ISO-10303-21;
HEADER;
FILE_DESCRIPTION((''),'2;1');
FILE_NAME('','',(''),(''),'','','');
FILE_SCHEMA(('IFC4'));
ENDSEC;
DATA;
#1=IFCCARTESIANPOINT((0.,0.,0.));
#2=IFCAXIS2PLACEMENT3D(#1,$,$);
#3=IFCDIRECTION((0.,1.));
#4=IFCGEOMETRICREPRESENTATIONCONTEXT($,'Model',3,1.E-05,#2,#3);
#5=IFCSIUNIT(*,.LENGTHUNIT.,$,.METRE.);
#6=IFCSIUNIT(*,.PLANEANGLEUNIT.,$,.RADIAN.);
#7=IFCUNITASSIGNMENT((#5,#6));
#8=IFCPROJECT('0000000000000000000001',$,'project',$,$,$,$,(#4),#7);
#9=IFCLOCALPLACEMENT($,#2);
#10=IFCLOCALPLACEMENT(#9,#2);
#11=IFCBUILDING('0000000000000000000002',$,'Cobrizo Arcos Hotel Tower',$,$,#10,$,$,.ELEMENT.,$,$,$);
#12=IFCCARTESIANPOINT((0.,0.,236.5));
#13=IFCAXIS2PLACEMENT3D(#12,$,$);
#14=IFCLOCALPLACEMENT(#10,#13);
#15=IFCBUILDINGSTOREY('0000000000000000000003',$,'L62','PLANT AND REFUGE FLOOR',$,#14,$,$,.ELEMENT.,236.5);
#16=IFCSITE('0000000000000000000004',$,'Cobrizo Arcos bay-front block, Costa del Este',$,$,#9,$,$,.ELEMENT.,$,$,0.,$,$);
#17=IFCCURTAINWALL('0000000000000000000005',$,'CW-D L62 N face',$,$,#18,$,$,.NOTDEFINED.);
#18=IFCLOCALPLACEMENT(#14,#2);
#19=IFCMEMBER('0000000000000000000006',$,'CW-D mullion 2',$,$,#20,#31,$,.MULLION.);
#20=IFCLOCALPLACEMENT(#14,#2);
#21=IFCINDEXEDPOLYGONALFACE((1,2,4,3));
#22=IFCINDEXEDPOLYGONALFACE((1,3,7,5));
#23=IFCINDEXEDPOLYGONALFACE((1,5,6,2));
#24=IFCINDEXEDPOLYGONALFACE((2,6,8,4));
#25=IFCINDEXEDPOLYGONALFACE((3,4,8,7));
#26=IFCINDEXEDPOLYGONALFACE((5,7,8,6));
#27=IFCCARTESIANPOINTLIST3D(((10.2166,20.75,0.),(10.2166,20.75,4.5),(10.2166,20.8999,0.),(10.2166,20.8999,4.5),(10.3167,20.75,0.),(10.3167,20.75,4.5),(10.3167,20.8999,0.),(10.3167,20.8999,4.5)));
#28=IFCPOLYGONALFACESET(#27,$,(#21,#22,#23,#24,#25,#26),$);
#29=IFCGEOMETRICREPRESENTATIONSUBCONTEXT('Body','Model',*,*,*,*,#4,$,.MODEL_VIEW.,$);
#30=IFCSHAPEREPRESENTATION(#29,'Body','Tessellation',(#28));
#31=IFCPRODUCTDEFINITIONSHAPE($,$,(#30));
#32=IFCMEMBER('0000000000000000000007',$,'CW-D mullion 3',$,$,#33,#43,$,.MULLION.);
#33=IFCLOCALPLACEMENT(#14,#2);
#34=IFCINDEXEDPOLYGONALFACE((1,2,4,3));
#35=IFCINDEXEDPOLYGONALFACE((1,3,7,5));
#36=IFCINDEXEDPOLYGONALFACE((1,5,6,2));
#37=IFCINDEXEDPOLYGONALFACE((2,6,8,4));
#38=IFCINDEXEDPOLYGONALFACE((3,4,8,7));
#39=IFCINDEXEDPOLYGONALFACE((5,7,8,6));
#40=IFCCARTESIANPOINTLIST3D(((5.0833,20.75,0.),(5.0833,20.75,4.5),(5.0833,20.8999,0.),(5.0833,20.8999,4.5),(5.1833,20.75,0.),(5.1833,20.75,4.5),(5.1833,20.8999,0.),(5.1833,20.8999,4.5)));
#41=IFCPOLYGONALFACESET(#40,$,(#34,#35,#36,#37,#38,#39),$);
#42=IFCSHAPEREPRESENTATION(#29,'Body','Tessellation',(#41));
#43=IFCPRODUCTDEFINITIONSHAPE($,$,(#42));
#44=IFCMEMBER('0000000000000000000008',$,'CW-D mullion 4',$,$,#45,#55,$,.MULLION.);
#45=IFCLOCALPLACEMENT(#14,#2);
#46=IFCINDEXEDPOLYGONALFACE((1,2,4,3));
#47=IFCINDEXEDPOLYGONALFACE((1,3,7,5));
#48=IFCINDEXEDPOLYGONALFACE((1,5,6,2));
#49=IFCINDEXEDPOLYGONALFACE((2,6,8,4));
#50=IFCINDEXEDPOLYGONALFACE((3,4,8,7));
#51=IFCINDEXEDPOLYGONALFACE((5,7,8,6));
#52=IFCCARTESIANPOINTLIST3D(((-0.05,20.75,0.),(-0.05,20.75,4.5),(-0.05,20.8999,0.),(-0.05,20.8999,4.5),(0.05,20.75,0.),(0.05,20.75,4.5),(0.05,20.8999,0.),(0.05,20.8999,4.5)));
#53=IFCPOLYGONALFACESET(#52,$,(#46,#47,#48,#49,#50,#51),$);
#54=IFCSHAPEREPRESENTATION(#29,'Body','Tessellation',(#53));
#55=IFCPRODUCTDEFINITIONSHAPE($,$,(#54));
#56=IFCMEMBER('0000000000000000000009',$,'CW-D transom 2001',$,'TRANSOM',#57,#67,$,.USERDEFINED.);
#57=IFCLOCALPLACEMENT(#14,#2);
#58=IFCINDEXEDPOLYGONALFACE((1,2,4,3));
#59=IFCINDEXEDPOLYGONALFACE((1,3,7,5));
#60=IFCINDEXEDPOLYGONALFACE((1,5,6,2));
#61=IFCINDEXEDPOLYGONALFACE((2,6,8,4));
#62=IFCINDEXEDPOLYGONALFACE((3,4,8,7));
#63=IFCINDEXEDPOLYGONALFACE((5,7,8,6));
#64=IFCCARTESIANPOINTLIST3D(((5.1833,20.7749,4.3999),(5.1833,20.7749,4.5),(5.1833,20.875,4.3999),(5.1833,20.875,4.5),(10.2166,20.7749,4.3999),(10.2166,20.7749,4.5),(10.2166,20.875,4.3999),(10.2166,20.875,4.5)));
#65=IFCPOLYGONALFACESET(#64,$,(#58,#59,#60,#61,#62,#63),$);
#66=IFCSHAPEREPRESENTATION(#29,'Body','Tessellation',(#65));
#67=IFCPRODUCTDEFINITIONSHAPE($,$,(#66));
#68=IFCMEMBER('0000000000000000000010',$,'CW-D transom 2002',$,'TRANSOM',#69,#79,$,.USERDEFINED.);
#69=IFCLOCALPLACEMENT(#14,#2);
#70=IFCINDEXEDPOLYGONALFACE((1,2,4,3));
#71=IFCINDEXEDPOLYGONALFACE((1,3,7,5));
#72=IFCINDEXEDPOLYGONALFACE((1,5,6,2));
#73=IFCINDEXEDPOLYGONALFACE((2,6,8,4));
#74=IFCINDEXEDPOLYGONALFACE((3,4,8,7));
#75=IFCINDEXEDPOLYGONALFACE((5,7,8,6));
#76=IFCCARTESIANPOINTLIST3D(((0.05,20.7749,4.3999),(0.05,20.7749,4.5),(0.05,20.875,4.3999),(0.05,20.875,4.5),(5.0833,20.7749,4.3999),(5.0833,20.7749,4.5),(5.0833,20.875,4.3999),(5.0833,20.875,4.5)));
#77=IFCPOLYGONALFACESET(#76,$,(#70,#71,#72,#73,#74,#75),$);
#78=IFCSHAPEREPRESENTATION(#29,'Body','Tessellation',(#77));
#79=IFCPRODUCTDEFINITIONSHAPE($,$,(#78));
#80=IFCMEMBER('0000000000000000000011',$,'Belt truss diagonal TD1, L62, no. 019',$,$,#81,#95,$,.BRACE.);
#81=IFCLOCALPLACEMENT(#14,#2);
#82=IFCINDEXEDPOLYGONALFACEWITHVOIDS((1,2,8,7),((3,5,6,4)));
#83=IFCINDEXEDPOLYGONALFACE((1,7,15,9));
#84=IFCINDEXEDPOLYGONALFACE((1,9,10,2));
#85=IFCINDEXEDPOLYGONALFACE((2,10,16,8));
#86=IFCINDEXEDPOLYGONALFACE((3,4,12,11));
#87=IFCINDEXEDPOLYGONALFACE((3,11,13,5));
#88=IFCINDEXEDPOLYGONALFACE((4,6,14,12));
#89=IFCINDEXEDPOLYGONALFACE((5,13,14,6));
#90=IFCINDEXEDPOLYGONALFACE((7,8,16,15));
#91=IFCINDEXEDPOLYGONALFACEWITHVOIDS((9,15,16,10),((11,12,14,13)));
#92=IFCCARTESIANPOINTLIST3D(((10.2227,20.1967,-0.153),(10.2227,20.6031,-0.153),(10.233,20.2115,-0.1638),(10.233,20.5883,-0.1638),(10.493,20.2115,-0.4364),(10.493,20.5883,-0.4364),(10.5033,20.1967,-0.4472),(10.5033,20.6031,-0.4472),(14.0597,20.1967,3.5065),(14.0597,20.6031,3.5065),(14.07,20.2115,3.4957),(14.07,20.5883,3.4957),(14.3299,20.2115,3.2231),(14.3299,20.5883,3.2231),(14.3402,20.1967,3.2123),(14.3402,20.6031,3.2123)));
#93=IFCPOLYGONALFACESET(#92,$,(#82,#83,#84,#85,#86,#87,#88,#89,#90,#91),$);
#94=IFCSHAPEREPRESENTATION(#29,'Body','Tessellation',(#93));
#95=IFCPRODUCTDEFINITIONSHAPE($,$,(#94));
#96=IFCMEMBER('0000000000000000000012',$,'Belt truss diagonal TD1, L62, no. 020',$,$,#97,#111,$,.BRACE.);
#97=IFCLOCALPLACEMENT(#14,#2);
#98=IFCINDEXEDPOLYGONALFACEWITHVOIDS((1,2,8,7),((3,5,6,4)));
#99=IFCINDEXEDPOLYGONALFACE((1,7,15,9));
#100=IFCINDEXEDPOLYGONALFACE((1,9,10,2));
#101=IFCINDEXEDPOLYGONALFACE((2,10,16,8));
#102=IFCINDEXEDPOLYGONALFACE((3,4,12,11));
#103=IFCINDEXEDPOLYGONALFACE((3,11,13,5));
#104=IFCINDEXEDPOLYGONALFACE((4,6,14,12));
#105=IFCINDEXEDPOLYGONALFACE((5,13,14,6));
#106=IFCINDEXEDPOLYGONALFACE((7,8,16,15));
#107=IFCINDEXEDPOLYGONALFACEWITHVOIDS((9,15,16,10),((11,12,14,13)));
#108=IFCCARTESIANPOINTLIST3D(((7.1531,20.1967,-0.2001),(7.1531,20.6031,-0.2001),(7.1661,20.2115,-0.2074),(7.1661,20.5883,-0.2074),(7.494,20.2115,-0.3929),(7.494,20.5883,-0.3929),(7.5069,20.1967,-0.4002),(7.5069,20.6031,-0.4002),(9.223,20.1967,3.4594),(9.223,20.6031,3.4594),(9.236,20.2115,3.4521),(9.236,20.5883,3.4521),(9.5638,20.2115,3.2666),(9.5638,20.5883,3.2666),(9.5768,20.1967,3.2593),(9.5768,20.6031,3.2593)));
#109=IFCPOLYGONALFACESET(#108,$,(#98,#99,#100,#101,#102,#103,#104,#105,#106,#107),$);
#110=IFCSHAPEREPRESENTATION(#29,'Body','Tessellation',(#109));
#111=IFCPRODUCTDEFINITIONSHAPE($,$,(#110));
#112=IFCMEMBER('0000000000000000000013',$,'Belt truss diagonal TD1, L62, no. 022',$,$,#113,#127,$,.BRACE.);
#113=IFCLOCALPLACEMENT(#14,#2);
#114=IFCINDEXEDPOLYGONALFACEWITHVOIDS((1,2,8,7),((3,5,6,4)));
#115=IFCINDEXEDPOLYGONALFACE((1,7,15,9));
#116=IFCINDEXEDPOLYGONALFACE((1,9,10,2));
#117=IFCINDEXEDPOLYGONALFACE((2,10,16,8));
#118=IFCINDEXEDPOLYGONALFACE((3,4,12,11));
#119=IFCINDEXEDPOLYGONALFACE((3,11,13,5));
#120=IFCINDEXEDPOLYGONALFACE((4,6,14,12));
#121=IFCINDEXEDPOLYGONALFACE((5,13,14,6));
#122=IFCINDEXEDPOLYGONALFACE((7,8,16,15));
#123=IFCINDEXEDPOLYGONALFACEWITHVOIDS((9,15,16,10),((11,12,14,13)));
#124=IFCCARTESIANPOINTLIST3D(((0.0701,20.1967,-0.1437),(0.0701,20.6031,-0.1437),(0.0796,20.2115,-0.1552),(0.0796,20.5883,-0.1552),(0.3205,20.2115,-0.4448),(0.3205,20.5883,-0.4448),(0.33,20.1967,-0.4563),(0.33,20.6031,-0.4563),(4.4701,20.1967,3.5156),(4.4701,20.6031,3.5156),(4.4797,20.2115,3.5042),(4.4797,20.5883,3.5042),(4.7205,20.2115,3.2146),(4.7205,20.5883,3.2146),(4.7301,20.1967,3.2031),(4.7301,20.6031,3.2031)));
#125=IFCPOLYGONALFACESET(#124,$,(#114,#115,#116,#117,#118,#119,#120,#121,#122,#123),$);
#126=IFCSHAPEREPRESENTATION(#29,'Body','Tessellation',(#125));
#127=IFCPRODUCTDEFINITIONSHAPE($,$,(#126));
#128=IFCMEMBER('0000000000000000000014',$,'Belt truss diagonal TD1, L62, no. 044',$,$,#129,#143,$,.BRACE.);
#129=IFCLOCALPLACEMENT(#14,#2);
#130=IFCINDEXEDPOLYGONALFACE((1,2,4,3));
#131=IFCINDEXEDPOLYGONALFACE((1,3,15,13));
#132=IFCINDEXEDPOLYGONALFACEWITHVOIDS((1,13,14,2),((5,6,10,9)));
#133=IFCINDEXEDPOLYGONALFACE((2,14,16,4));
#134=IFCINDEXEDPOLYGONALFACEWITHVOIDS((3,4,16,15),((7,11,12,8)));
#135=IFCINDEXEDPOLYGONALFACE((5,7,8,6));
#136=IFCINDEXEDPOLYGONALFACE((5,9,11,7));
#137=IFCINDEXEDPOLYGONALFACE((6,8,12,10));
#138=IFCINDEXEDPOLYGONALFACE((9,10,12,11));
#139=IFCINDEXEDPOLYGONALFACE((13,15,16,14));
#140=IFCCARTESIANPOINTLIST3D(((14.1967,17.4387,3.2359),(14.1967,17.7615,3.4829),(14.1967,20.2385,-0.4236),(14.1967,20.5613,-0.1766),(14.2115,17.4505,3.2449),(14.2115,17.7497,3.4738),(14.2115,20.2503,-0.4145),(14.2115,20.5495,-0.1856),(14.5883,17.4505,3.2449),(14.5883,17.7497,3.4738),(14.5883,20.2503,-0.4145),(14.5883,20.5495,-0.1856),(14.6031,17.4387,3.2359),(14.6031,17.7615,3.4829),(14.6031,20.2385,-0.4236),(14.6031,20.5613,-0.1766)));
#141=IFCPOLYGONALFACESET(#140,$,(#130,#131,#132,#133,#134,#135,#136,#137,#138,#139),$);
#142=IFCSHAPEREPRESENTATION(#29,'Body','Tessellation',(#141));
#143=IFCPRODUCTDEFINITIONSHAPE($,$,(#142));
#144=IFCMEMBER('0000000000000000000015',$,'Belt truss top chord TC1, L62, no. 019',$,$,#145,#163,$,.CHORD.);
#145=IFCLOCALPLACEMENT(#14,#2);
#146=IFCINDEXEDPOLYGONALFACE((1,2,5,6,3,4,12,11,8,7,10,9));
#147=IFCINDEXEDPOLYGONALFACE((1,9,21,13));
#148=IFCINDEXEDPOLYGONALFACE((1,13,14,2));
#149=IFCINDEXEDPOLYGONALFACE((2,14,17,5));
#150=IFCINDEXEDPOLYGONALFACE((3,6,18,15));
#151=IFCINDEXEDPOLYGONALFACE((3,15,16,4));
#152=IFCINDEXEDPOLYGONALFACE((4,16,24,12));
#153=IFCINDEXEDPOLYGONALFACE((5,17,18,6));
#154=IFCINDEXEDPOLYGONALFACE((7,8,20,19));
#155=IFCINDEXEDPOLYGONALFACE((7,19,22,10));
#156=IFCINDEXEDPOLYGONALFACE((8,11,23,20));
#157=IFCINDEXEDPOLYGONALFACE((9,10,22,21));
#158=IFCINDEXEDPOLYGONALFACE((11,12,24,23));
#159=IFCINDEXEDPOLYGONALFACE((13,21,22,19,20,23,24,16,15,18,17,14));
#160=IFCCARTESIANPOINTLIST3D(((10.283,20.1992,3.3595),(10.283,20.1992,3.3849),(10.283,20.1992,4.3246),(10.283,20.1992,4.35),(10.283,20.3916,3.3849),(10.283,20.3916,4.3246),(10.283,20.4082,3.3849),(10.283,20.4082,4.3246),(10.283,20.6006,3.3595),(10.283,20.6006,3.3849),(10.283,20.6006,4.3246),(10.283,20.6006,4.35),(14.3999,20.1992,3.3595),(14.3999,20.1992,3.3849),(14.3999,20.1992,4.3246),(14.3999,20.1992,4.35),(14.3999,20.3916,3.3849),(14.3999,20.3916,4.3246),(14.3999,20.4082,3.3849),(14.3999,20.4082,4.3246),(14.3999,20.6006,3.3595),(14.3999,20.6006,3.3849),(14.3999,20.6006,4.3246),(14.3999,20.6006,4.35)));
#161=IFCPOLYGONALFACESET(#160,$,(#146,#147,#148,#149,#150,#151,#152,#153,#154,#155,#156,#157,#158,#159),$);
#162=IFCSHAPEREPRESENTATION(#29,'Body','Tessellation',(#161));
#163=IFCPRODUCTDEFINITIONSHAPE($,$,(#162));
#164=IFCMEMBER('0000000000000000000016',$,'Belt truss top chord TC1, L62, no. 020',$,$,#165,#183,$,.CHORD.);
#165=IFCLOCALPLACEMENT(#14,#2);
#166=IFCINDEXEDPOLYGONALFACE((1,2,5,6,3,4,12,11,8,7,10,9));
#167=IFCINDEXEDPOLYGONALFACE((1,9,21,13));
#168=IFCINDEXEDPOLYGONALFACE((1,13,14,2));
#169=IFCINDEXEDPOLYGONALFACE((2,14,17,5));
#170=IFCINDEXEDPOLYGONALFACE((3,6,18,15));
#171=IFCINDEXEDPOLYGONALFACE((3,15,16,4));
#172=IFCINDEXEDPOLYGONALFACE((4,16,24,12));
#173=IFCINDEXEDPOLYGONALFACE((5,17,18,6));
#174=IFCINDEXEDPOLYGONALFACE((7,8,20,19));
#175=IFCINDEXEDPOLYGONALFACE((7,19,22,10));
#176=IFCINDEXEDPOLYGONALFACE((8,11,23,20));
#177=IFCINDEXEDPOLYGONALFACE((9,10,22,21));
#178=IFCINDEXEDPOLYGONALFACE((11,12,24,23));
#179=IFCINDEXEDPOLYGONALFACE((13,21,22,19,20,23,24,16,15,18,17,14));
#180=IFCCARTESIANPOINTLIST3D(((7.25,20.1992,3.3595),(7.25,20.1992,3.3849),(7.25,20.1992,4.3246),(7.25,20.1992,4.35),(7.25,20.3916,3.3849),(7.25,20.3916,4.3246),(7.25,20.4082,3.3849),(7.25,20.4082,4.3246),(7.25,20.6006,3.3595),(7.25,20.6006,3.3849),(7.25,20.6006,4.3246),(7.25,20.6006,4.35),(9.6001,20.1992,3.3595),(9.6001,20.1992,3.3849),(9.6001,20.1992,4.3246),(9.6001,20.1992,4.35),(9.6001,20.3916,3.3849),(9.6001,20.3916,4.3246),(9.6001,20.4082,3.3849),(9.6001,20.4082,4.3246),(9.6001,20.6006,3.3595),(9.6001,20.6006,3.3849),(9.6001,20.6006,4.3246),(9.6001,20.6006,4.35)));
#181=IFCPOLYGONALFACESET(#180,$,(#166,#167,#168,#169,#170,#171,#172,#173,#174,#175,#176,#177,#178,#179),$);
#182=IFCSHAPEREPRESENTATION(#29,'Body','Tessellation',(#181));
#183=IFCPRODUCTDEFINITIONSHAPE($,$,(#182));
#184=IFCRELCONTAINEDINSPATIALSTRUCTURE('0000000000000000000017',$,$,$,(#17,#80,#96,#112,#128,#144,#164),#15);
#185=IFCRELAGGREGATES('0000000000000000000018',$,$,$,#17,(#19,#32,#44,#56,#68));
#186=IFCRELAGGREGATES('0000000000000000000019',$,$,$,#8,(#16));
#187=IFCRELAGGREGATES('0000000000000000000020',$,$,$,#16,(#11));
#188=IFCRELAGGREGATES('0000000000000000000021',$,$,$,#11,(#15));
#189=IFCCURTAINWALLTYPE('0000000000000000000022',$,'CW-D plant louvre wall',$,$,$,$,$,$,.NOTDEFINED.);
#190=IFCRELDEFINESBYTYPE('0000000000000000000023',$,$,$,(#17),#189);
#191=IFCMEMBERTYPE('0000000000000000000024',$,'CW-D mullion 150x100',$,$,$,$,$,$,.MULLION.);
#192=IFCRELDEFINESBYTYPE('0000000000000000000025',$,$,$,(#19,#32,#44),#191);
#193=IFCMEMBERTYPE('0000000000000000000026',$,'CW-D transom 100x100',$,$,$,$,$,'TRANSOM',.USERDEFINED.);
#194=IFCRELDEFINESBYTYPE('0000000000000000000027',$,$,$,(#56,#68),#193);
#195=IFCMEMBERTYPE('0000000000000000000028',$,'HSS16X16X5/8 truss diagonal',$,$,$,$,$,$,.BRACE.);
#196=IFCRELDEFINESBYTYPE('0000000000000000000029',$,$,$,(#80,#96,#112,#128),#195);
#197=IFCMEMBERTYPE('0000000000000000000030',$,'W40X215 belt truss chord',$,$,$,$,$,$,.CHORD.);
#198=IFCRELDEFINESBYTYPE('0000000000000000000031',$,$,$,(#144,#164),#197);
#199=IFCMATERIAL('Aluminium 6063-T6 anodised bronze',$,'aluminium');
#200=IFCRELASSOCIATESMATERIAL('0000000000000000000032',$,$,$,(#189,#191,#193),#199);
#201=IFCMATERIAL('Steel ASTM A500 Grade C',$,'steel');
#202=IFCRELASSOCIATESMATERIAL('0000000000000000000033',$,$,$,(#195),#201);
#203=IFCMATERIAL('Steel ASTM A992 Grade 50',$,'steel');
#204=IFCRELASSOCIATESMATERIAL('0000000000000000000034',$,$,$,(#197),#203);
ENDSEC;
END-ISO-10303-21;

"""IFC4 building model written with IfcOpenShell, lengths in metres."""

from ifc_helpers import new_model, si_unit, direction, frame, origin, origin_2d, place, context, subcontext, project, spatial, rectangle, hollow_rectangle, i_section, extrude, material, material_profile, profile_set, type_object, element, aggregate, save


model = new_model("IFC4")

# Units and contexts
model_context = context("Model", 3, precision=1e-05, world=origin(), true_north=direction((0.0, 1.0)))
body_context = subcontext(model_context, "Body", "Model", "MODEL_VIEW")
ifc_project = project(units=[si_unit("LENGTHUNIT", "METRE"), si_unit("PLANEANGLEUNIT", "RADIAN")], contexts=[model_context])

# Site, building, storey
site_placement = place(None, origin())
site = spatial("IfcSite", under=ifc_project, at=site_placement, Name="Cobrizo Arcos bay-front block, Costa del Este", CompositionType="ELEMENT", RefElevation=0.0)
building_placement = place(site_placement, origin())
building = spatial("IfcBuilding", under=site, at=building_placement, Name="Cobrizo Arcos Hotel Tower", CompositionType="ELEMENT")
storey_placement = place(building_placement, frame((0.0, 0.0, 236.5)))
storey = spatial("IfcBuildingStorey", under=building, at=storey_placement, Name="L62", Description="PLANT AND REFUGE FLOOR", CompositionType="ELEMENT", Elevation=236.5)

# Curtain wall, members
ifc_material_1 = material(Name="Aluminium 6063-T6 anodised bronze", Category="aluminium")
curtain_wall_type = type_object("IfcCurtainWallType", Name="CW-D plant louvre wall", PredefinedType="NOTDEFINED", material=ifc_material_1)
curtain_wall_placement = place(storey_placement, origin())
curtain_wall = element("IfcCurtainWall", 1, at=curtain_wall_placement, inside=storey, type_object=curtain_wall_type, Name="CW-D L62 N face", PredefinedType="NOTDEFINED")
ifc_material_profile_1 = material_profile(ifc_material_1, rectangle(XDim=0.1499, YDim=0.1001, at=origin_2d()), Name="CW-D mullion 150x100")
ifc_profile_set_1 = profile_set([ifc_material_profile_1], Name="Aluminium 6063-T6 anodised bronze")
member_type_1 = type_object("IfcMemberType", Name="CW-D mullion 150x100", PredefinedType="MULLION", material=ifc_profile_set_1)
member_1_placement = place(storey_placement, frame((10.2666, 20.825, 0.0), z_axis=(0.0, 0.0, 1.0), x_axis=(0.0, 1.0, 0.0)))
member_1 = element("IfcMember", 2, at=member_1_placement, type_object=member_type_1, Name="CW-D mullion 2", PredefinedType="MULLION", context=body_context, shape_type="SweptSolid", body=[
    extrude(rectangle(XDim=0.1499, YDim=0.1001, at=origin_2d()), origin(), (0.0, 0.0, 1.0), 4.5),
])
member_2_placement = place(storey_placement, frame((5.1333, 20.825, 0.0), z_axis=(0.0, 0.0, 1.0), x_axis=(0.0, 1.0, 0.0)))
member_2 = element("IfcMember", 3, at=member_2_placement, type_object=member_type_1, Name="CW-D mullion 3", PredefinedType="MULLION", context=body_context, shape_type="SweptSolid", body=[
    extrude(rectangle(XDim=0.1499, YDim=0.1001, at=origin_2d()), origin(), (0.0, 0.0, 1.0), 4.5),
])
member_3_placement = place(storey_placement, frame((0.0, 20.825, 0.0), z_axis=(0.0, 0.0, 1.0), x_axis=(0.0, 1.0, 0.0)))
member_3 = element("IfcMember", 4, at=member_3_placement, type_object=member_type_1, Name="CW-D mullion 4", PredefinedType="MULLION", context=body_context, shape_type="SweptSolid", body=[
    extrude(rectangle(XDim=0.1499, YDim=0.1001, at=origin_2d()), origin(), (0.0, 0.0, 1.0), 4.5),
])
ifc_material_profile_2 = material_profile(ifc_material_1, rectangle(XDim=0.1001, YDim=0.1001, at=origin_2d()), Name="CW-D transom 100x100")
ifc_profile_set_2 = profile_set([ifc_material_profile_2], Name="Aluminium 6063-T6 anodised bronze")
member_type_2 = type_object("IfcMemberType", Name="CW-D transom 100x100", ElementType="TRANSOM", PredefinedType="USERDEFINED", material=ifc_profile_set_2)
member_4_placement = place(storey_placement, frame((10.2166, 20.825, 4.45), z_axis=(-1.0, 0.0, 0.0), x_axis=(0.0, -1.0, 0.0)))
member_4 = element("IfcMember", 5, at=member_4_placement, type_object=member_type_2, Name="CW-D transom 2001", ObjectType="TRANSOM", PredefinedType="USERDEFINED", context=body_context, shape_type="SweptSolid", body=[
    extrude(rectangle(XDim=0.1001, YDim=0.1001, at=origin_2d()), origin(), (0.0, 0.0, 1.0), 5.0332),
])
member_5_placement = place(storey_placement, frame((5.0833, 20.825, 4.45), z_axis=(-1.0, 0.0, 0.0), x_axis=(0.0, -1.0, 0.0)))
member_5 = element("IfcMember", 6, at=member_5_placement, type_object=member_type_2, Name="CW-D transom 2002", ObjectType="TRANSOM", PredefinedType="USERDEFINED", context=body_context, shape_type="SweptSolid", body=[
    extrude(rectangle(XDim=0.1001, YDim=0.1001, at=origin_2d()), origin(), (0.0, 0.0, 1.0), 5.0332),
])

# Members
ifc_material_2 = material(Name="Steel ASTM A500 Grade C", Category="steel")
ifc_material_profile_3 = material_profile(ifc_material_2, hollow_rectangle(XDim=0.4065, YDim=0.4065, WallThickness=0.0149, at=origin_2d()), Name="HSS16X16X5/8")
ifc_profile_set_3 = profile_set([ifc_material_profile_3], Name="Steel ASTM A500 Grade C")
member_type_3 = type_object("IfcMemberType", Name="HSS16X16X5/8 truss diagonal", PredefinedType="BRACE", material=ifc_profile_set_3)
member_6_placement = place(storey_placement, frame((14.2, 20.3999, 3.3594), z_axis=(-0.723646, 0.0, -0.690171), x_axis=(0.0, -1.0, 0.0)))
element("IfcMember", 7, at=member_6_placement, inside=storey, type_object=member_type_3, Name="Belt truss diagonal TD1, L62, no. 019", PredefinedType="BRACE", context=body_context, shape_type="SweptSolid", body=[
    extrude(hollow_rectangle(XDim=0.4065, YDim=0.4065, WallThickness=0.0149, at=origin_2d()), origin(), (0.0, 0.0, 1.0), 5.3022),
])
member_7_placement = place(storey_placement, frame((9.3999, 20.3999, 3.3594), z_axis=(-0.492319, 0.0, -0.870415), x_axis=(0.0, -1.0, 0.0)))
element("IfcMember", 8, at=member_7_placement, inside=storey, type_object=member_type_3, Name="Belt truss diagonal TD1, L62, no. 020", PredefinedType="BRACE", context=body_context, shape_type="SweptSolid", body=[
    extrude(hollow_rectangle(XDim=0.4065, YDim=0.4065, WallThickness=0.0149, at=origin_2d()), origin(), (0.0, 0.0, 1.0), 4.2043),
])
member_8_placement = place(storey_placement, frame((4.6001, 20.3999, 3.3594), z_axis=(-0.768854, 0.0, -0.639425), x_axis=(0.0, -1.0, 0.0)))
element("IfcMember", 9, at=member_8_placement, inside=storey, type_object=member_type_3, Name="Belt truss diagonal TD1, L62, no. 022", PredefinedType="BRACE", context=body_context, shape_type="SweptSolid", body=[
    extrude(hollow_rectangle(XDim=0.4065, YDim=0.4065, WallThickness=0.0149, at=origin_2d()), origin(), (0.0, 0.0, 1.0), 5.7229),
])
member_9_placement = place(storey_placement, frame((14.3999, 17.6001, 3.3594), z_axis=(0.0, 0.607645, -0.794209), x_axis=(-1.0, 0.0, 0.0)))
element("IfcMember", 10, at=member_9_placement, inside=storey, type_object=member_type_3, Name="Belt truss diagonal TD1, L62, no. 044", PredefinedType="BRACE", context=body_context, shape_type="SweptSolid", body=[
    extrude(hollow_rectangle(XDim=0.4065, YDim=0.4065, WallThickness=0.0149, at=origin_2d()), origin(), (0.0, 0.0, 1.0), 4.6077),
])
ifc_material_3 = material(Name="Steel ASTM A992 Grade 50", Category="steel")
ifc_material_profile_4 = material_profile(ifc_material_3, i_section(OverallWidth=0.4014, OverallDepth=0.9905, WebThickness=0.0166, FlangeThickness=0.0254, at=origin_2d()), Name="W40X215")
ifc_profile_set_4 = profile_set([ifc_material_profile_4], Name="Steel ASTM A992 Grade 50")
member_type_4 = type_object("IfcMemberType", Name="W40X215 belt truss chord", PredefinedType="CHORD", material=ifc_profile_set_4)
member_10_placement = place(storey_placement, frame((14.3999, 20.3999, 3.8547), z_axis=(-1.0, 0.0, 0.0), x_axis=(0.0, -1.0, 0.0)))
element("IfcMember", 11, at=member_10_placement, inside=storey, type_object=member_type_4, Name="Belt truss top chord TC1, L62, no. 019", PredefinedType="CHORD", context=body_context, shape_type="SweptSolid", body=[
    extrude(i_section(OverallWidth=0.4014, OverallDepth=0.9905, WebThickness=0.0166, FlangeThickness=0.0254, at=origin_2d()), origin(), (0.0, 0.0, 1.0), 4.1169),
])
member_11_placement = place(storey_placement, frame((9.6001, 20.3999, 3.8547), z_axis=(-1.0, 0.0, 0.0), x_axis=(0.0, -1.0, 0.0)))
element("IfcMember", 12, at=member_11_placement, inside=storey, type_object=member_type_4, Name="Belt truss top chord TC1, L62, no. 020", PredefinedType="CHORD", context=body_context, shape_type="SweptSolid", body=[
    extrude(i_section(OverallWidth=0.4014, OverallDepth=0.9905, WebThickness=0.0166, FlangeThickness=0.0254, at=origin_2d()), origin(), (0.0, 0.0, 1.0), 2.3501),
])

aggregate(curtain_wall, [member_1, member_2, member_3, member_4, member_5])

save(model, "model.ifc")
